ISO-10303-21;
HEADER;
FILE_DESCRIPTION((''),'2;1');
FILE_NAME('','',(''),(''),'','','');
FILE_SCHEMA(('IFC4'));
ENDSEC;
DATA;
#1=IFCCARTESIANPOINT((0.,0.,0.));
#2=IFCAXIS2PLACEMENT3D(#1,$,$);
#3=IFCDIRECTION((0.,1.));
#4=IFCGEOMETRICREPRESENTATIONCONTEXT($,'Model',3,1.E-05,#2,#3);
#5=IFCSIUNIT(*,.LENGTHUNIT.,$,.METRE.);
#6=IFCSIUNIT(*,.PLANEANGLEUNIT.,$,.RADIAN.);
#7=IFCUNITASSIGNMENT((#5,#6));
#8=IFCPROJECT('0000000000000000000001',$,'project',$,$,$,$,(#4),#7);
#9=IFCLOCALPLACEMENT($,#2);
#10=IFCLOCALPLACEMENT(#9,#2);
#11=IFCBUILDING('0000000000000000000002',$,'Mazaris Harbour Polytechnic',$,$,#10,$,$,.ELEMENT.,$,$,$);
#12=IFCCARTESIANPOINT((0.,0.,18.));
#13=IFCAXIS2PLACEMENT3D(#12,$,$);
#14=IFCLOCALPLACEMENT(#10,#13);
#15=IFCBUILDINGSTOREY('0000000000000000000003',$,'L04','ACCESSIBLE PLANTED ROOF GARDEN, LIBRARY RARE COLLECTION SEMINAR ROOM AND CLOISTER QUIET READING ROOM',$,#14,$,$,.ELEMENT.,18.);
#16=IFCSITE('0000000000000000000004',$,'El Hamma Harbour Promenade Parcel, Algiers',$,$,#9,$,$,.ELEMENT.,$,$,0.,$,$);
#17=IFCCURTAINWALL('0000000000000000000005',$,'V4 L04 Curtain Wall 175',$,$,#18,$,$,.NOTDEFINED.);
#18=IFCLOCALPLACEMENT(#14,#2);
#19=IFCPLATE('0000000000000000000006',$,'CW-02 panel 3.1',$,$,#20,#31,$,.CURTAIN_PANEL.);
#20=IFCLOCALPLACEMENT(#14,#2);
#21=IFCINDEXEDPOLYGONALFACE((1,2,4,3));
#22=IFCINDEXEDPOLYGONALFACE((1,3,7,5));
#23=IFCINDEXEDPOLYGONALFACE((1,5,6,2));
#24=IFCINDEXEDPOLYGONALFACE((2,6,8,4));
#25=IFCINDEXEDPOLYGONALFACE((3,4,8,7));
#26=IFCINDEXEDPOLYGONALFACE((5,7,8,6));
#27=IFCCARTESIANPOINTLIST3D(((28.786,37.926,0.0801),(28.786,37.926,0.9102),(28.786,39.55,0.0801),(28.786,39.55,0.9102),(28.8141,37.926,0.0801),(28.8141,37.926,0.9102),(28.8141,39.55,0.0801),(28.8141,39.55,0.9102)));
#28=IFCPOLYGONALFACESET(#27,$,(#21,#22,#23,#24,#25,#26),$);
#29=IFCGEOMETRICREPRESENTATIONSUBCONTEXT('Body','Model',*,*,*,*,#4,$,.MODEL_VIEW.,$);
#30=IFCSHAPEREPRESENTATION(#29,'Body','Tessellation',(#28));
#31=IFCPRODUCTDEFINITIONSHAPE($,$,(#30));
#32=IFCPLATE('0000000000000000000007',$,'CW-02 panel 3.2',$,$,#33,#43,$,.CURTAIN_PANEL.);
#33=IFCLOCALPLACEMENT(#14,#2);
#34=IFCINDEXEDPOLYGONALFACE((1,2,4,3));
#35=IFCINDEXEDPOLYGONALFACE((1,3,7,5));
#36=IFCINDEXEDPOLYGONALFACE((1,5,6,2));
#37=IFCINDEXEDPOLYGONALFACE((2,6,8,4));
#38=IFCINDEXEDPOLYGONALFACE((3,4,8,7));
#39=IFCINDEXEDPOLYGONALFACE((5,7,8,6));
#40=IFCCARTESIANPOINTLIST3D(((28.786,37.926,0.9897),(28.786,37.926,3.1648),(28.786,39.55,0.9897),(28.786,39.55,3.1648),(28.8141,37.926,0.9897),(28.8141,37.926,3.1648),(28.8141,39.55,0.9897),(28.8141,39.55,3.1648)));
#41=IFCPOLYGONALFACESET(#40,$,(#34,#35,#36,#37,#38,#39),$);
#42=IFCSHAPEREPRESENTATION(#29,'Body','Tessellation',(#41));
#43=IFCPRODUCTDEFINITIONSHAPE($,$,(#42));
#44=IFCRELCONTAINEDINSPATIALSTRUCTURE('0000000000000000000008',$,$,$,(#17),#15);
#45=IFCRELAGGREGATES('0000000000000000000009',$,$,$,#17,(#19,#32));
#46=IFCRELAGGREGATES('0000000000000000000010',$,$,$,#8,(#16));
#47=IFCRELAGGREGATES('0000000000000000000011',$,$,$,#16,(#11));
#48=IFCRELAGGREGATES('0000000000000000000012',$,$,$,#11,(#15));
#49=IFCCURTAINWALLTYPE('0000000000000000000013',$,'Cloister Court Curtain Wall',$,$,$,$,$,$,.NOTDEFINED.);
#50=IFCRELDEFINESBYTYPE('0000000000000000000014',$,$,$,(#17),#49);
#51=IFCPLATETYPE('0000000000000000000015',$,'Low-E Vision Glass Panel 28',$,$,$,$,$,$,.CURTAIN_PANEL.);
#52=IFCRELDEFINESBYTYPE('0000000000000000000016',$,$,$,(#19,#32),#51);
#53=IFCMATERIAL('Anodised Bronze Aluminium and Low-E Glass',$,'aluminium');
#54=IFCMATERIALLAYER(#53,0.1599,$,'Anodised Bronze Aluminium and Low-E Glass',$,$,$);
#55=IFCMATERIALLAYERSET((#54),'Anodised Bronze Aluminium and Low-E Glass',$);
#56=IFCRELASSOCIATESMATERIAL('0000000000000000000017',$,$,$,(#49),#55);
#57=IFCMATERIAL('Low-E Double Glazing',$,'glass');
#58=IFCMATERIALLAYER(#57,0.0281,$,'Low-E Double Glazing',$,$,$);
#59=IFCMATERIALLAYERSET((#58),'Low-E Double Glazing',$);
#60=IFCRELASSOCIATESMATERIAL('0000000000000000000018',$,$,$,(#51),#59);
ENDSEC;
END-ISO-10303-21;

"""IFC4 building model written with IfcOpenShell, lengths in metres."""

from ifc_helpers import new_model, si_unit, direction, frame, origin, origin_2d, place, context, subcontext, project, spatial, rectangle, extrude, material, layer, layer_set, type_object, element, aggregate, save


model = new_model("IFC4")

# Units and contexts
model_context = context("Model", 3, precision=1e-05, world=origin(), true_north=direction((0.0, 1.0)))
body_context = subcontext(model_context, "Body", "Model", "MODEL_VIEW")
ifc_project = project(units=[si_unit("LENGTHUNIT", "METRE"), si_unit("PLANEANGLEUNIT", "RADIAN")], contexts=[model_context])

# Site, building, storey
site_placement = place(None, origin())
site = spatial("IfcSite", under=ifc_project, at=site_placement, Name="El Hamma Harbour Promenade Parcel, Algiers", CompositionType="ELEMENT", RefElevation=0.0)
building_placement = place(site_placement, origin())
building = spatial("IfcBuilding", under=site, at=building_placement, Name="Mazaris Harbour Polytechnic", CompositionType="ELEMENT")
storey_placement = place(building_placement, frame((0.0, 0.0, 18.0)))
storey = spatial("IfcBuildingStorey", under=building, at=storey_placement, Name="L04", Description="ACCESSIBLE PLANTED ROOF GARDEN, LIBRARY RARE COLLECTION SEMINAR ROOM AND CLOISTER QUIET READING ROOM", CompositionType="ELEMENT", Elevation=18.0)

# Curtain wall
ifc_material_1 = material(Name="Anodised Bronze Aluminium and Low-E Glass", Category="aluminium")
ifc_layer_1 = layer(ifc_material_1, 0.1599, Name="Anodised Bronze Aluminium and Low-E Glass")
ifc_layer_set_1 = layer_set([ifc_layer_1], Name="Anodised Bronze Aluminium and Low-E Glass")
curtain_wall_type = type_object("IfcCurtainWallType", Name="Cloister Court Curtain Wall", PredefinedType="NOTDEFINED", material=ifc_layer_set_1)
curtain_wall_1_placement = place(storey_placement, origin())
curtain_wall_1 = element("IfcCurtainWall", 1, at=curtain_wall_1_placement, inside=storey, type_object=curtain_wall_type, Name="V4 L04 Curtain Wall 175", PredefinedType="NOTDEFINED")

# Plates
ifc_material_2 = material(Name="Low-E Double Glazing", Category="glass")
ifc_layer_2 = layer(ifc_material_2, 0.0281, Name="Low-E Double Glazing")
ifc_layer_set_2 = layer_set([ifc_layer_2], Name="Low-E Double Glazing")
plate_type = type_object("IfcPlateType", Name="Low-E Vision Glass Panel 28", PredefinedType="CURTAIN_PANEL", material=ifc_layer_set_2)
plate_1_placement = place(storey_placement, frame((28.8, 38.738, 0.0801), z_axis=(0.0, 0.0, 1.0), x_axis=(0.0, -1.0, 0.0)))
plate_1 = element("IfcPlate", 2, at=plate_1_placement, type_object=plate_type, Name="CW-02 panel 3.1", PredefinedType="CURTAIN_PANEL", context=body_context, shape_type="SweptSolid", body=[
    extrude(rectangle(XDim=1.624, YDim=0.0281, at=origin_2d()), origin(), (0.0, 0.0, 1.0), 0.8301),
])
plate_2_placement = place(storey_placement, frame((28.8, 38.738, 0.9897), z_axis=(0.0, 0.0, 1.0), x_axis=(0.0, -1.0, 0.0)))
plate_2 = element("IfcPlate", 3, at=plate_2_placement, type_object=plate_type, Name="CW-02 panel 3.2", PredefinedType="CURTAIN_PANEL", context=body_context, shape_type="SweptSolid", body=[
    extrude(rectangle(XDim=1.624, YDim=0.0281, at=origin_2d()), origin(), (0.0, 0.0, 1.0), 2.175),
])
aggregate(curtain_wall_1, [plate_1, plate_2])

save(model, "model.ifc")
